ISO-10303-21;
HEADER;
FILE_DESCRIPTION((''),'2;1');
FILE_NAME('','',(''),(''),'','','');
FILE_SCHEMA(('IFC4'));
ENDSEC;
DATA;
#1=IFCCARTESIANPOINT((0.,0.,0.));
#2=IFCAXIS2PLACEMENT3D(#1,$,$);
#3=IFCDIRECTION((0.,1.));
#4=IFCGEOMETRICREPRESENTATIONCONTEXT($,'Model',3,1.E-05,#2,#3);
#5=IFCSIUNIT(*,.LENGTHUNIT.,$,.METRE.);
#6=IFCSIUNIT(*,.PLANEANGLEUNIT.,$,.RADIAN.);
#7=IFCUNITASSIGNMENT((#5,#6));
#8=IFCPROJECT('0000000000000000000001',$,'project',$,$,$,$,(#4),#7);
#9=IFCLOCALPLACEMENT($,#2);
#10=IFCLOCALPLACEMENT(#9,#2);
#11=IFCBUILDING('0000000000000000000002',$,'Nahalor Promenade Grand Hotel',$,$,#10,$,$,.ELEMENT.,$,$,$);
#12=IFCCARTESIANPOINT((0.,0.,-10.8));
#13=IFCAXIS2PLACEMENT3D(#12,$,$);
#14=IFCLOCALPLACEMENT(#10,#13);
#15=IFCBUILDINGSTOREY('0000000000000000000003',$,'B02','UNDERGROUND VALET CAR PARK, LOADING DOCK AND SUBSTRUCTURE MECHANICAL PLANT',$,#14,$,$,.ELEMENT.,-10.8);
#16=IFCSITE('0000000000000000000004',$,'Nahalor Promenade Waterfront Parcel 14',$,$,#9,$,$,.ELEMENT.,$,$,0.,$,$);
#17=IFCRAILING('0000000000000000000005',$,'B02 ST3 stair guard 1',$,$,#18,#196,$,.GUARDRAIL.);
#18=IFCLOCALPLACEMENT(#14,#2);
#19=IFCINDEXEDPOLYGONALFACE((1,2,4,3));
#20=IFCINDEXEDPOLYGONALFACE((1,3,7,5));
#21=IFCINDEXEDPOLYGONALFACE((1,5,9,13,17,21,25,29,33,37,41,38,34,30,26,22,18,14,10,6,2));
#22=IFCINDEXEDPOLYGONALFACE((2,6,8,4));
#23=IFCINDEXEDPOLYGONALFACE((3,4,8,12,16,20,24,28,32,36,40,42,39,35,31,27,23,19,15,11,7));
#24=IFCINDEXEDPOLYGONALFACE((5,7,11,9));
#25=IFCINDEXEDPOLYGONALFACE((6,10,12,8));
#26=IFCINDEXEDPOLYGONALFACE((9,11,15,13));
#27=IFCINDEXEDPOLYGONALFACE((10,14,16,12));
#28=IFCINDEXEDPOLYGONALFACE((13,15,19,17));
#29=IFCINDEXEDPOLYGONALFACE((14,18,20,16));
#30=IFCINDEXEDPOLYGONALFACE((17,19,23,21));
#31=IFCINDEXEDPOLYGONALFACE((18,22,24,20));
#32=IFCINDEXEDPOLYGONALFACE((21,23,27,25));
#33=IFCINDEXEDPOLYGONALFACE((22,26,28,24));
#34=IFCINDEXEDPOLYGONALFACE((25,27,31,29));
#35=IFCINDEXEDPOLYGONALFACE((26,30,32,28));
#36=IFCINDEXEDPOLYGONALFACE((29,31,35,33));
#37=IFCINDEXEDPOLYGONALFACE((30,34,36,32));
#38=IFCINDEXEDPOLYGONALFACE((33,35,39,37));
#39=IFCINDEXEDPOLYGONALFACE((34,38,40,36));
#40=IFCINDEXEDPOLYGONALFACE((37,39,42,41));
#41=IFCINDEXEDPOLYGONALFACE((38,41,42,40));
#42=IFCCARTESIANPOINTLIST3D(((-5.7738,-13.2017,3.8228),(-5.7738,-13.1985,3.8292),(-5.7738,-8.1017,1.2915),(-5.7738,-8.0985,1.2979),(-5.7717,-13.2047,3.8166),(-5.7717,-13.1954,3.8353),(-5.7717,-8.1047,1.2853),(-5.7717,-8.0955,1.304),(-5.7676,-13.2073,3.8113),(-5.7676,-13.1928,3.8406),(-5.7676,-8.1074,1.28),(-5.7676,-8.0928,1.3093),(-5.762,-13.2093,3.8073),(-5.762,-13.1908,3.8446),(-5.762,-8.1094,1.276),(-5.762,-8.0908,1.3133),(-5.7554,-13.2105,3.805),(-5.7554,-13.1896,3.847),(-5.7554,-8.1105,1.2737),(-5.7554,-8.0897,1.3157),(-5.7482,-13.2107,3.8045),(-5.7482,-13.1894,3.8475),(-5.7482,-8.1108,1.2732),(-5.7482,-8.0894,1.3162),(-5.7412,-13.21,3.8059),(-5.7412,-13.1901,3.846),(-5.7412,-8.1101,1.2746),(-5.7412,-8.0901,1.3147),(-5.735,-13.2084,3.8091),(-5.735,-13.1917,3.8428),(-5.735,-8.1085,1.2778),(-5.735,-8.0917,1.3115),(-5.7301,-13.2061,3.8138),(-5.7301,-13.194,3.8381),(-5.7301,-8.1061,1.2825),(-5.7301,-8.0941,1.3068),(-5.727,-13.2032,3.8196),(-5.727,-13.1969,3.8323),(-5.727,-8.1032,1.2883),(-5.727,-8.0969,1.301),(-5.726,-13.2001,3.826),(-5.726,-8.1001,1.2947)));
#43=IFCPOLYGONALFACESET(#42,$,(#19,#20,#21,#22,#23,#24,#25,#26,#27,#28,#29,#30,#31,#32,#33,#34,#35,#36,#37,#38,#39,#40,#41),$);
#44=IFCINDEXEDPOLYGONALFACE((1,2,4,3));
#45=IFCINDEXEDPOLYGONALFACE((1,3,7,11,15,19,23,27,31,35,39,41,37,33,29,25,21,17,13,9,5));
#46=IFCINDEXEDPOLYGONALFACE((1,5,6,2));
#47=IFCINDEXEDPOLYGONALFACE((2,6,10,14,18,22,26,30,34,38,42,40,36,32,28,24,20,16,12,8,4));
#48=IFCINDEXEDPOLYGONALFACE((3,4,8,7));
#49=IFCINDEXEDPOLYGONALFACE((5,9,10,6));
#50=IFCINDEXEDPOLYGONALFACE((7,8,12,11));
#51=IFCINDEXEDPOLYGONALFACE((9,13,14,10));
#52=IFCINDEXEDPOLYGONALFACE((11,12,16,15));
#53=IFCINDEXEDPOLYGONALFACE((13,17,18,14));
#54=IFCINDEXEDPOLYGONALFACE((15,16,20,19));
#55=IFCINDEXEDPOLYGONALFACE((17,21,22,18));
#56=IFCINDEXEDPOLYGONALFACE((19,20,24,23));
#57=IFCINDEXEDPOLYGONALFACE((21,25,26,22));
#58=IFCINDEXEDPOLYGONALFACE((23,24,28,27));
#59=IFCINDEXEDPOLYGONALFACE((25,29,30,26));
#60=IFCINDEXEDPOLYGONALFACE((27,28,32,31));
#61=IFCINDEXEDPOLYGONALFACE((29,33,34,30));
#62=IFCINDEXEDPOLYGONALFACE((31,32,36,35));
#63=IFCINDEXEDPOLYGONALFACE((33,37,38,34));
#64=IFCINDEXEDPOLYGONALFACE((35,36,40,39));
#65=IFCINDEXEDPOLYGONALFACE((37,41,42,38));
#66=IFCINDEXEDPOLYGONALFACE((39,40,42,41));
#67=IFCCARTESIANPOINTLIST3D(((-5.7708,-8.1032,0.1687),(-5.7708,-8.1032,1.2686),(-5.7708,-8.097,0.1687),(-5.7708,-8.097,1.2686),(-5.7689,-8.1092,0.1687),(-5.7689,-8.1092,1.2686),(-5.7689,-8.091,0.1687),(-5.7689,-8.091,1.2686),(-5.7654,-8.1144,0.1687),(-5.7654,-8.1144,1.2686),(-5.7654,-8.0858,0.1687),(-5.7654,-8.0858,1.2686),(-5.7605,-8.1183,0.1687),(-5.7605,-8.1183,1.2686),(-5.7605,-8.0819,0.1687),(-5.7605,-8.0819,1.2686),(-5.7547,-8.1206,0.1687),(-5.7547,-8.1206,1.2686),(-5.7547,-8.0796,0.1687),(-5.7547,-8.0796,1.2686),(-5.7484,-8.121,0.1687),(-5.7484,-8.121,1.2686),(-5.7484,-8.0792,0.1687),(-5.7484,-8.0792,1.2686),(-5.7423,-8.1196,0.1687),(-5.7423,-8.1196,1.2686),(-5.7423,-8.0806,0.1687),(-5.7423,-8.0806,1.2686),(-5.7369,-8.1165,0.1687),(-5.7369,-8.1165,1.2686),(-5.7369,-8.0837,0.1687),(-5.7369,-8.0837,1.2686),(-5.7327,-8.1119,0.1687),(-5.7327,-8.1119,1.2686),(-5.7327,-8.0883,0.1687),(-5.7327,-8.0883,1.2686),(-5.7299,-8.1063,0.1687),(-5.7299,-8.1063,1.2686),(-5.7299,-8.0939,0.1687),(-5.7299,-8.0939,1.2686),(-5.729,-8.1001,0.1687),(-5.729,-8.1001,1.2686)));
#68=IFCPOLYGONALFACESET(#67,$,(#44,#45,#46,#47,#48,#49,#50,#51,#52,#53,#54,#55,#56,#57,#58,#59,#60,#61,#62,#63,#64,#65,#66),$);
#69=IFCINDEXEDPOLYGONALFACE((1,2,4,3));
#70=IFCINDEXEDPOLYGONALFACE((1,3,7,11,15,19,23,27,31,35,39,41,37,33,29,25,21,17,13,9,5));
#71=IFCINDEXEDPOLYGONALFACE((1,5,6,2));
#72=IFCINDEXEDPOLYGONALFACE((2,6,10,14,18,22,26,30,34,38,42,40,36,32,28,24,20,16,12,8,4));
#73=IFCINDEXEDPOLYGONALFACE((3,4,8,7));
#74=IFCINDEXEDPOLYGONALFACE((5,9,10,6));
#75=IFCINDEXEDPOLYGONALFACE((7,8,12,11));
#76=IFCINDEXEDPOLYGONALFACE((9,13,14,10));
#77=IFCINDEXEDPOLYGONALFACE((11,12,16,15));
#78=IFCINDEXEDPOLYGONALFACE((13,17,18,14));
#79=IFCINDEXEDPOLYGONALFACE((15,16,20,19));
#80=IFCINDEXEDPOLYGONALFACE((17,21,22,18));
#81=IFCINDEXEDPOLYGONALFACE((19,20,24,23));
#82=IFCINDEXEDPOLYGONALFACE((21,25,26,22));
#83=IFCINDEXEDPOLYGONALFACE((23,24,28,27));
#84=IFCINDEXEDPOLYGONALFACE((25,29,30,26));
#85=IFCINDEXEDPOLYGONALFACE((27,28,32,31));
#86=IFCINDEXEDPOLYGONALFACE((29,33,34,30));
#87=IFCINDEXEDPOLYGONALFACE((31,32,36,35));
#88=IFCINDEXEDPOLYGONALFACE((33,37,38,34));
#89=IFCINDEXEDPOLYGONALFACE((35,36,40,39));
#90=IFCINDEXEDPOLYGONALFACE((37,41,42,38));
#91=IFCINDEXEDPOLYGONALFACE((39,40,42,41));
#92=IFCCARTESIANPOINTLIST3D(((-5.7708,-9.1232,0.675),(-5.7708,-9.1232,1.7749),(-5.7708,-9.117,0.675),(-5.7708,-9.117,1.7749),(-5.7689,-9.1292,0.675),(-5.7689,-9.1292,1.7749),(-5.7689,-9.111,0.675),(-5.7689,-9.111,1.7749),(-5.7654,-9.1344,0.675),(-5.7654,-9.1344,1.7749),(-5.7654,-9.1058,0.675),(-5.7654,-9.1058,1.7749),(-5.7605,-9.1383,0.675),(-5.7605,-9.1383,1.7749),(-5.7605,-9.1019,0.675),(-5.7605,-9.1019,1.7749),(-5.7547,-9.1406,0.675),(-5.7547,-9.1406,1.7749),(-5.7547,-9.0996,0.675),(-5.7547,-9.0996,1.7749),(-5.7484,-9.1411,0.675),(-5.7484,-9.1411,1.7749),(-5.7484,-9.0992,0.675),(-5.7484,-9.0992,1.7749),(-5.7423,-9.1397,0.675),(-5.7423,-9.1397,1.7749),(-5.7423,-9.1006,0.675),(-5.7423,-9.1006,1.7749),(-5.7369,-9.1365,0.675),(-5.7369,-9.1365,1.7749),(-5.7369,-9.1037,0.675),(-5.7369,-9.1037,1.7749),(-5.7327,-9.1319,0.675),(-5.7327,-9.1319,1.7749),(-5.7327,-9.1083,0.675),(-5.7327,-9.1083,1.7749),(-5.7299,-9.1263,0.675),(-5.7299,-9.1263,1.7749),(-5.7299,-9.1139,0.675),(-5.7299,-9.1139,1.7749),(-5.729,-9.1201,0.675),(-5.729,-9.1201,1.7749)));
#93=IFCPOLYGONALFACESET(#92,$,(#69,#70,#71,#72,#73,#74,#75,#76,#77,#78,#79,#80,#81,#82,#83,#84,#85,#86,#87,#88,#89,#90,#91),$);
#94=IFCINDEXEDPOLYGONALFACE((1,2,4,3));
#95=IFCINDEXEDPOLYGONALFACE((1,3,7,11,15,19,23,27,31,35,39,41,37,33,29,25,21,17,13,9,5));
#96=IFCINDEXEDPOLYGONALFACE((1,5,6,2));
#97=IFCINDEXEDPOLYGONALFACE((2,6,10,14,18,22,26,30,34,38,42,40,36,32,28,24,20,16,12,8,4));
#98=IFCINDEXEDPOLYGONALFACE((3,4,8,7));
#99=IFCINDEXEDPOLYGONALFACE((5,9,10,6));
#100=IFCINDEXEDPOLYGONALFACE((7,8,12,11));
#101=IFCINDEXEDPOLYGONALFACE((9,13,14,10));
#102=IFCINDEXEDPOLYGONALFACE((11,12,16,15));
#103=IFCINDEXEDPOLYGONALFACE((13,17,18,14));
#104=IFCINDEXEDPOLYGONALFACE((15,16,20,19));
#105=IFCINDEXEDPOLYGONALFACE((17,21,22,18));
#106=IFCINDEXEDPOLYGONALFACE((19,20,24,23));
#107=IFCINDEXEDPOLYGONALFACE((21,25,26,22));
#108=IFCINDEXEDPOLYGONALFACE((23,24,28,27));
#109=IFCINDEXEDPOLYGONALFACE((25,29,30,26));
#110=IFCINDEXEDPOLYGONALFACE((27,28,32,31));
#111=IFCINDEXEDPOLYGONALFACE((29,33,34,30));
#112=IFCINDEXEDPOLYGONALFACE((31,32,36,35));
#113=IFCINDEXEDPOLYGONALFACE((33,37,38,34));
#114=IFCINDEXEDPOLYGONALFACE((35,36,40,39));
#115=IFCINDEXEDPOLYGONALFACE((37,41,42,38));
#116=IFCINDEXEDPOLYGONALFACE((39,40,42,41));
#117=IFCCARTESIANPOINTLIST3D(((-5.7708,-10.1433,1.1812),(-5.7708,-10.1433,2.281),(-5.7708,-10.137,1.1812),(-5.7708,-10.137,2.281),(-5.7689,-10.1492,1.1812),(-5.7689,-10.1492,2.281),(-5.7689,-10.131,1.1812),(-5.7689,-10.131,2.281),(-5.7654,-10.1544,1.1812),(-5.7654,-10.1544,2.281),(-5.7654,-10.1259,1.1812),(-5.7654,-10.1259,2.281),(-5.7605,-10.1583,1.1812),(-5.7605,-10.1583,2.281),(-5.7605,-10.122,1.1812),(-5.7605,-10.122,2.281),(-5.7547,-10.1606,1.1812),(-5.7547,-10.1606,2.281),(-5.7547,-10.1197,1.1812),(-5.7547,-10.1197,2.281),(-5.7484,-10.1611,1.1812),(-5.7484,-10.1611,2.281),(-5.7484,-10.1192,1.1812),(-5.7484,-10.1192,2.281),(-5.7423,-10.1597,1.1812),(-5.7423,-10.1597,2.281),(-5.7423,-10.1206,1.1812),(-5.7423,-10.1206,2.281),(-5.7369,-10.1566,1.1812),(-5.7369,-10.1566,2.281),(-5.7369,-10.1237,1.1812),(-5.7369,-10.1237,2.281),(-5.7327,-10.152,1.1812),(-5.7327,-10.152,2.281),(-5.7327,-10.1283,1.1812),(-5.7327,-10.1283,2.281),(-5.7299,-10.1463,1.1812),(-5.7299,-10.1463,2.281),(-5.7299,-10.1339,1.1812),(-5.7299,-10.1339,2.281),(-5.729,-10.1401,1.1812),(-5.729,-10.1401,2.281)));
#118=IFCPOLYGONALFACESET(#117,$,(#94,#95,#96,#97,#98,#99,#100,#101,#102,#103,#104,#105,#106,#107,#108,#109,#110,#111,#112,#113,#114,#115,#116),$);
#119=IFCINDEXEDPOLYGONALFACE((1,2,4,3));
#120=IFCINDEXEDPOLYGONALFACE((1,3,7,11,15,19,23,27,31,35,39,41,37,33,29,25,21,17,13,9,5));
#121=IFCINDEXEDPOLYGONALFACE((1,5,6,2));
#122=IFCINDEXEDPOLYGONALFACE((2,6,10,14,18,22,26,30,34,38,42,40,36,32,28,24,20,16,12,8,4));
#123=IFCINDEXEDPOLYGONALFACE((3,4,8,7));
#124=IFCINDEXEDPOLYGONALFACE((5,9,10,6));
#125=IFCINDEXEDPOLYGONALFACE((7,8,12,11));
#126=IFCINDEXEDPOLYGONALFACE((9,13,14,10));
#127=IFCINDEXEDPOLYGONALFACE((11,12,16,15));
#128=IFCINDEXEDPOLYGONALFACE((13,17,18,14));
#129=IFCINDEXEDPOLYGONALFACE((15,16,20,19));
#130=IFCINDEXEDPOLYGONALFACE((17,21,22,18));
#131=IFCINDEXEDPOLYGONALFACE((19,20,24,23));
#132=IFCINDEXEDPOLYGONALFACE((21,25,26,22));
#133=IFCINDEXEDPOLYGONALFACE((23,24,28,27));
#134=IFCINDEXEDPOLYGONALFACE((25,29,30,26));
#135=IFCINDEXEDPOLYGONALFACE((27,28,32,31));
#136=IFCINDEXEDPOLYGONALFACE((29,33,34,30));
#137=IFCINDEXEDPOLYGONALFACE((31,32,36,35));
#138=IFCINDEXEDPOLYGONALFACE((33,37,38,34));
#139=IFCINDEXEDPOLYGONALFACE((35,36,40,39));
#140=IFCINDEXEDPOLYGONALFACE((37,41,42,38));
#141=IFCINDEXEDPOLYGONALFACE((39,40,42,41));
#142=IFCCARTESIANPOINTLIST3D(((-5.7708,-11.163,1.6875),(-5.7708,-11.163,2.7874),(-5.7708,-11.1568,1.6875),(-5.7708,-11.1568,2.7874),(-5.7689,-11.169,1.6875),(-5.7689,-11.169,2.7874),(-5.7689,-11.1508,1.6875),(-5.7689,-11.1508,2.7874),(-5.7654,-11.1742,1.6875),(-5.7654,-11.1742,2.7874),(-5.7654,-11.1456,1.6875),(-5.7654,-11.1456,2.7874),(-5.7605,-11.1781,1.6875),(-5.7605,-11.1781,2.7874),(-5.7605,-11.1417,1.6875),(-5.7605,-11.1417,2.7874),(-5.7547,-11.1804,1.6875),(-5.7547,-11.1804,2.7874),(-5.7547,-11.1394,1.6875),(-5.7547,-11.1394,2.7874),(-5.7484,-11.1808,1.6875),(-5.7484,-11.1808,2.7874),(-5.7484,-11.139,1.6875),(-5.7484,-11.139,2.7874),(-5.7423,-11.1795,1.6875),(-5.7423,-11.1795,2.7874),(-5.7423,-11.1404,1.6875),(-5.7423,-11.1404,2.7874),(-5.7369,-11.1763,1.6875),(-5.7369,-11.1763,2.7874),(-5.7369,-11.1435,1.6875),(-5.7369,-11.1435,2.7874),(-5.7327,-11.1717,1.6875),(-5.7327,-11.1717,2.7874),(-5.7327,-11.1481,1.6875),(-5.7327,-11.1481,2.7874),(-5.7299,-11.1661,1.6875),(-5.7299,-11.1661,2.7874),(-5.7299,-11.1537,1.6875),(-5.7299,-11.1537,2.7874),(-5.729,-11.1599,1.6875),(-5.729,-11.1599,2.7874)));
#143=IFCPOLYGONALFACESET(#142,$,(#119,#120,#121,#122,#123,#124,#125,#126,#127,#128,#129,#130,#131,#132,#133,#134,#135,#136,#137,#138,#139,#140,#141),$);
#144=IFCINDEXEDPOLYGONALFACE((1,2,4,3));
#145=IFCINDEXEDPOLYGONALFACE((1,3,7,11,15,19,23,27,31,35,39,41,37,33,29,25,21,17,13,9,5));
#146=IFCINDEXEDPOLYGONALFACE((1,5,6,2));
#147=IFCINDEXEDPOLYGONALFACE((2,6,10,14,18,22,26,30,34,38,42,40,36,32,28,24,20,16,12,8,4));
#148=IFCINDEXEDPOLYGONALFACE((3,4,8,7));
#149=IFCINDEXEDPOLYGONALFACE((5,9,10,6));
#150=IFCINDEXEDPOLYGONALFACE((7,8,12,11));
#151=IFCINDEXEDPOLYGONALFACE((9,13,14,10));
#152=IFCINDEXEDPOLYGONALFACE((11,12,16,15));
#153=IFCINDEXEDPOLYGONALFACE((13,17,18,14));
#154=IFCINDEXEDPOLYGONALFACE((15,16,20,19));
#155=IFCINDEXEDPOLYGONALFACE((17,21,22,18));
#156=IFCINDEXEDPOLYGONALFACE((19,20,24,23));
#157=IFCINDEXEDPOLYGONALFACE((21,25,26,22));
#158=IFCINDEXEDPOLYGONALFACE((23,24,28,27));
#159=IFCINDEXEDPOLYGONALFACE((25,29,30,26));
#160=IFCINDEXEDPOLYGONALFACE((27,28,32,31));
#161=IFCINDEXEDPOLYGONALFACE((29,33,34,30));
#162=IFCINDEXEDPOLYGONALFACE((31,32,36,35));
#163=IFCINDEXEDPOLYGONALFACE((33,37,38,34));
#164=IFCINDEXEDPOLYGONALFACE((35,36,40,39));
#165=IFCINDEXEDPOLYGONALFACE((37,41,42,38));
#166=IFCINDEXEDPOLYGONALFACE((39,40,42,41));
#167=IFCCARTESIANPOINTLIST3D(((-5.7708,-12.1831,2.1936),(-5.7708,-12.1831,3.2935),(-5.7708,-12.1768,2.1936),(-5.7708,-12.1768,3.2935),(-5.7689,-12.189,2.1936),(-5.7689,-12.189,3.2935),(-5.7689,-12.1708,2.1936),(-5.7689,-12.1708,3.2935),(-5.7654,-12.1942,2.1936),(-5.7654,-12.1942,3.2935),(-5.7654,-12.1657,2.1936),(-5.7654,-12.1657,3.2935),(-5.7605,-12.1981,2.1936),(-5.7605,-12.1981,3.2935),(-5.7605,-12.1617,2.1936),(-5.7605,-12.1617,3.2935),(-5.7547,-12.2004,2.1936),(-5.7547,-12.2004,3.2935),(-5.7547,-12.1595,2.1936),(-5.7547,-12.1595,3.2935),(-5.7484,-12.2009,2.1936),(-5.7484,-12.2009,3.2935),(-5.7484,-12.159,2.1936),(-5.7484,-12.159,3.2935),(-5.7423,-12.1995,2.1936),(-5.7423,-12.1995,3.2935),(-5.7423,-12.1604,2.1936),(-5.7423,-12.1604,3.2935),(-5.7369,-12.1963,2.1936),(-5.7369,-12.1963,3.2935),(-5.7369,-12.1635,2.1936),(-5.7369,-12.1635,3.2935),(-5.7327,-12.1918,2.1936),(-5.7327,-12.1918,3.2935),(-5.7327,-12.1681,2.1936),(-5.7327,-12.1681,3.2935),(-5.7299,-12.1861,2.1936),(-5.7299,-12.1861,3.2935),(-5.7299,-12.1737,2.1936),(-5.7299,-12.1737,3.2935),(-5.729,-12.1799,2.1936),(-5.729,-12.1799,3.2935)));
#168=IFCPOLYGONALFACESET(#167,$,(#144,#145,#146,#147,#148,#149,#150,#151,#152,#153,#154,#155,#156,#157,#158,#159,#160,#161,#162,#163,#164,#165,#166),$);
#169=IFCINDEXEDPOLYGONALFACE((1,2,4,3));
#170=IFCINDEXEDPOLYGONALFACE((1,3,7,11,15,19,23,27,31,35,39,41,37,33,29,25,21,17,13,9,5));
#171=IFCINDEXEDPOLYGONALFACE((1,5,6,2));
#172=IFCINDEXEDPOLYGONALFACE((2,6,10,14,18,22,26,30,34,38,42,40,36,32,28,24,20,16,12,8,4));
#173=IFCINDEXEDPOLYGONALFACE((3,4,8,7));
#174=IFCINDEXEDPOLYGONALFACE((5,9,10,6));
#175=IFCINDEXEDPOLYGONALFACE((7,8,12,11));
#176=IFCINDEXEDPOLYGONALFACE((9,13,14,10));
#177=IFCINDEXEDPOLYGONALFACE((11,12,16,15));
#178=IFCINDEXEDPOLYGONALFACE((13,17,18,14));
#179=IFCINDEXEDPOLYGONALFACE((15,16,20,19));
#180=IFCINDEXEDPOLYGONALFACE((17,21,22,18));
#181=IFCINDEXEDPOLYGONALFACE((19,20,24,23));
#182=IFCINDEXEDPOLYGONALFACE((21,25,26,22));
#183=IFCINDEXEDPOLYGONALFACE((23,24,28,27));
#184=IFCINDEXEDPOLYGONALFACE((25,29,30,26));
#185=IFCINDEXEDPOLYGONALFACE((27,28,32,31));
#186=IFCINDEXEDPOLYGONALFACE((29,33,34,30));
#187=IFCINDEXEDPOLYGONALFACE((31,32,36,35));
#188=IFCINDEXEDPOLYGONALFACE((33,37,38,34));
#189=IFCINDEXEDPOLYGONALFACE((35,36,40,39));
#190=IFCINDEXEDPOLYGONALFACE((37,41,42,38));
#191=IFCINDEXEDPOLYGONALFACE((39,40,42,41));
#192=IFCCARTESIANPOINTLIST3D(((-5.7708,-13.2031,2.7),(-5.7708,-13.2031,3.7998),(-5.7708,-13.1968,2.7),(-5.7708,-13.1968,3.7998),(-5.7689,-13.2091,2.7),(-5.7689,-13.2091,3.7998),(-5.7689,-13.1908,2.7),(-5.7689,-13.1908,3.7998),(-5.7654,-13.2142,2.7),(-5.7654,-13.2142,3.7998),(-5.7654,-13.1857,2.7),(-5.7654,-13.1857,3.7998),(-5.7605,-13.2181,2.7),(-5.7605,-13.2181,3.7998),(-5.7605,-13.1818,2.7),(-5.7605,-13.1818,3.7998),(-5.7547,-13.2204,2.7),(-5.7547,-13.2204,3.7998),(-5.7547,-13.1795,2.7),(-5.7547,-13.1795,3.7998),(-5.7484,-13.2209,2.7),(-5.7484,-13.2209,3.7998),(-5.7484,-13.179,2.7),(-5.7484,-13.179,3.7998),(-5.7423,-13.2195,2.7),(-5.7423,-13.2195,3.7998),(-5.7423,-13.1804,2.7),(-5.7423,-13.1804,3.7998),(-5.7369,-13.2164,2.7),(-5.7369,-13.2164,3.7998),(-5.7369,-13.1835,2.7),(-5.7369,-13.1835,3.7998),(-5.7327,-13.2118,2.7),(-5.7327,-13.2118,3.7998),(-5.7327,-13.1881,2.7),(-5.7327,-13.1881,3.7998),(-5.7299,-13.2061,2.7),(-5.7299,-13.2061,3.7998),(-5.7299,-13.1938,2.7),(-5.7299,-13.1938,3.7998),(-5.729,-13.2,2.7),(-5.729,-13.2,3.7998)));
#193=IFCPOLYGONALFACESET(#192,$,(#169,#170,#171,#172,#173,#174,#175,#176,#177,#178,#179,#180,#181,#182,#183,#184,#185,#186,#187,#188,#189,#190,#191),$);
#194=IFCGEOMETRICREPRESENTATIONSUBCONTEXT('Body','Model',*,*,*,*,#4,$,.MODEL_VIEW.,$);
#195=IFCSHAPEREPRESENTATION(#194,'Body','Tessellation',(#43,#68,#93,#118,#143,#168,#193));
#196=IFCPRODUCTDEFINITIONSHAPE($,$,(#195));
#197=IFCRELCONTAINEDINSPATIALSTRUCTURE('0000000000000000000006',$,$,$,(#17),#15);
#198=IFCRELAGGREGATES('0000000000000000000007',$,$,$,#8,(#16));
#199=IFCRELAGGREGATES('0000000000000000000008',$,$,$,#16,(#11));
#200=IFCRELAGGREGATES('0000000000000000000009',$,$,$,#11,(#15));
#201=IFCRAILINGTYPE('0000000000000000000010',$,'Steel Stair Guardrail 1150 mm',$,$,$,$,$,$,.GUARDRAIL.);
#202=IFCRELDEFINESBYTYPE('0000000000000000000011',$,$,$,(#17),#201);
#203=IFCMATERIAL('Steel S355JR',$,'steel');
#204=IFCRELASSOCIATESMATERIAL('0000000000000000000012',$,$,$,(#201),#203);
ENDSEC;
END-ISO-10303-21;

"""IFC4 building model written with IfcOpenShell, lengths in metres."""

from ifc_helpers import new_model, si_unit, direction, frame, origin, origin_2d, place, context, subcontext, project, spatial, circle, extrude, material, type_object, element, save


model = new_model("IFC4")

# Units and contexts
model_context = context("Model", 3, precision=1e-05, world=origin(), true_north=direction((0.0, 1.0)))
body_context = subcontext(model_context, "Body", "Model", "MODEL_VIEW")
ifc_project = project(units=[si_unit("LENGTHUNIT", "METRE"), si_unit("PLANEANGLEUNIT", "RADIAN")], contexts=[model_context])

# Site, building, storey
site_placement = place(None, origin())
site = spatial("IfcSite", under=ifc_project, at=site_placement, Name="Nahalor Promenade Waterfront Parcel 14", CompositionType="ELEMENT", RefElevation=0.0)
building_placement = place(site_placement, origin())
building = spatial("IfcBuilding", under=site, at=building_placement, Name="Nahalor Promenade Grand Hotel", CompositionType="ELEMENT")
storey_placement = place(building_placement, frame((0.0, 0.0, -10.8)))
storey = spatial("IfcBuildingStorey", under=building, at=storey_placement, Name="B02", Description="UNDERGROUND VALET CAR PARK, LOADING DOCK AND SUBSTRUCTURE MECHANICAL PLANT", CompositionType="ELEMENT", Elevation=-10.8)

# Shared definitions
ifc_material_1 = material(Name="Steel S355JR", Category="steel")

# Railing
railing_type_1 = type_object("IfcRailingType", Name="Steel Stair Guardrail 1150 mm", PredefinedType="GUARDRAIL", material=ifc_material_1)
railing_1_placement = place(storey_placement, frame((-5.75, -8.1001, 0.1687)))
element("IfcRailing", 1, at=railing_1_placement, inside=storey, type_object=railing_type_1, Name="B02 ST3 stair guard 1", PredefinedType="GUARDRAIL", context=body_context, shape_type="SweptSolid", body=[
    extrude(circle(Radius=0.024, at=origin_2d()), frame((0.0, 0.0, 1.126), z_axis=(0.0, -0.895735, 0.444587), x_axis=(1.0, 0.0, 0.0)), (0.0, 0.0, 1.0), 5.6936),
    extrude(circle(Radius=0.021, at=origin_2d()), origin(), (0.0, 0.0, 1.0), 1.0999),
    extrude(circle(Radius=0.021, at=origin_2d()), frame((0.0, -1.02, 0.5063)), (0.0, 0.0, 1.0), 1.0999),
    extrude(circle(Radius=0.021, at=origin_2d()), frame((0.0, -2.04, 1.0125)), (0.0, 0.0, 1.0), 1.0999),
    extrude(circle(Radius=0.021, at=origin_2d()), frame((0.0, -3.0598, 1.5188)), (0.0, 0.0, 1.0), 1.0999),
    extrude(circle(Radius=0.021, at=origin_2d()), frame((0.0, -4.0798, 2.0249)), (0.0, 0.0, 1.0), 1.0999),
    extrude(circle(Radius=0.021, at=origin_2d()), frame((0.0, -5.0999, 2.5312)), (0.0, 0.0, 1.0), 1.0999),
])

save(model, "model.ifc")
